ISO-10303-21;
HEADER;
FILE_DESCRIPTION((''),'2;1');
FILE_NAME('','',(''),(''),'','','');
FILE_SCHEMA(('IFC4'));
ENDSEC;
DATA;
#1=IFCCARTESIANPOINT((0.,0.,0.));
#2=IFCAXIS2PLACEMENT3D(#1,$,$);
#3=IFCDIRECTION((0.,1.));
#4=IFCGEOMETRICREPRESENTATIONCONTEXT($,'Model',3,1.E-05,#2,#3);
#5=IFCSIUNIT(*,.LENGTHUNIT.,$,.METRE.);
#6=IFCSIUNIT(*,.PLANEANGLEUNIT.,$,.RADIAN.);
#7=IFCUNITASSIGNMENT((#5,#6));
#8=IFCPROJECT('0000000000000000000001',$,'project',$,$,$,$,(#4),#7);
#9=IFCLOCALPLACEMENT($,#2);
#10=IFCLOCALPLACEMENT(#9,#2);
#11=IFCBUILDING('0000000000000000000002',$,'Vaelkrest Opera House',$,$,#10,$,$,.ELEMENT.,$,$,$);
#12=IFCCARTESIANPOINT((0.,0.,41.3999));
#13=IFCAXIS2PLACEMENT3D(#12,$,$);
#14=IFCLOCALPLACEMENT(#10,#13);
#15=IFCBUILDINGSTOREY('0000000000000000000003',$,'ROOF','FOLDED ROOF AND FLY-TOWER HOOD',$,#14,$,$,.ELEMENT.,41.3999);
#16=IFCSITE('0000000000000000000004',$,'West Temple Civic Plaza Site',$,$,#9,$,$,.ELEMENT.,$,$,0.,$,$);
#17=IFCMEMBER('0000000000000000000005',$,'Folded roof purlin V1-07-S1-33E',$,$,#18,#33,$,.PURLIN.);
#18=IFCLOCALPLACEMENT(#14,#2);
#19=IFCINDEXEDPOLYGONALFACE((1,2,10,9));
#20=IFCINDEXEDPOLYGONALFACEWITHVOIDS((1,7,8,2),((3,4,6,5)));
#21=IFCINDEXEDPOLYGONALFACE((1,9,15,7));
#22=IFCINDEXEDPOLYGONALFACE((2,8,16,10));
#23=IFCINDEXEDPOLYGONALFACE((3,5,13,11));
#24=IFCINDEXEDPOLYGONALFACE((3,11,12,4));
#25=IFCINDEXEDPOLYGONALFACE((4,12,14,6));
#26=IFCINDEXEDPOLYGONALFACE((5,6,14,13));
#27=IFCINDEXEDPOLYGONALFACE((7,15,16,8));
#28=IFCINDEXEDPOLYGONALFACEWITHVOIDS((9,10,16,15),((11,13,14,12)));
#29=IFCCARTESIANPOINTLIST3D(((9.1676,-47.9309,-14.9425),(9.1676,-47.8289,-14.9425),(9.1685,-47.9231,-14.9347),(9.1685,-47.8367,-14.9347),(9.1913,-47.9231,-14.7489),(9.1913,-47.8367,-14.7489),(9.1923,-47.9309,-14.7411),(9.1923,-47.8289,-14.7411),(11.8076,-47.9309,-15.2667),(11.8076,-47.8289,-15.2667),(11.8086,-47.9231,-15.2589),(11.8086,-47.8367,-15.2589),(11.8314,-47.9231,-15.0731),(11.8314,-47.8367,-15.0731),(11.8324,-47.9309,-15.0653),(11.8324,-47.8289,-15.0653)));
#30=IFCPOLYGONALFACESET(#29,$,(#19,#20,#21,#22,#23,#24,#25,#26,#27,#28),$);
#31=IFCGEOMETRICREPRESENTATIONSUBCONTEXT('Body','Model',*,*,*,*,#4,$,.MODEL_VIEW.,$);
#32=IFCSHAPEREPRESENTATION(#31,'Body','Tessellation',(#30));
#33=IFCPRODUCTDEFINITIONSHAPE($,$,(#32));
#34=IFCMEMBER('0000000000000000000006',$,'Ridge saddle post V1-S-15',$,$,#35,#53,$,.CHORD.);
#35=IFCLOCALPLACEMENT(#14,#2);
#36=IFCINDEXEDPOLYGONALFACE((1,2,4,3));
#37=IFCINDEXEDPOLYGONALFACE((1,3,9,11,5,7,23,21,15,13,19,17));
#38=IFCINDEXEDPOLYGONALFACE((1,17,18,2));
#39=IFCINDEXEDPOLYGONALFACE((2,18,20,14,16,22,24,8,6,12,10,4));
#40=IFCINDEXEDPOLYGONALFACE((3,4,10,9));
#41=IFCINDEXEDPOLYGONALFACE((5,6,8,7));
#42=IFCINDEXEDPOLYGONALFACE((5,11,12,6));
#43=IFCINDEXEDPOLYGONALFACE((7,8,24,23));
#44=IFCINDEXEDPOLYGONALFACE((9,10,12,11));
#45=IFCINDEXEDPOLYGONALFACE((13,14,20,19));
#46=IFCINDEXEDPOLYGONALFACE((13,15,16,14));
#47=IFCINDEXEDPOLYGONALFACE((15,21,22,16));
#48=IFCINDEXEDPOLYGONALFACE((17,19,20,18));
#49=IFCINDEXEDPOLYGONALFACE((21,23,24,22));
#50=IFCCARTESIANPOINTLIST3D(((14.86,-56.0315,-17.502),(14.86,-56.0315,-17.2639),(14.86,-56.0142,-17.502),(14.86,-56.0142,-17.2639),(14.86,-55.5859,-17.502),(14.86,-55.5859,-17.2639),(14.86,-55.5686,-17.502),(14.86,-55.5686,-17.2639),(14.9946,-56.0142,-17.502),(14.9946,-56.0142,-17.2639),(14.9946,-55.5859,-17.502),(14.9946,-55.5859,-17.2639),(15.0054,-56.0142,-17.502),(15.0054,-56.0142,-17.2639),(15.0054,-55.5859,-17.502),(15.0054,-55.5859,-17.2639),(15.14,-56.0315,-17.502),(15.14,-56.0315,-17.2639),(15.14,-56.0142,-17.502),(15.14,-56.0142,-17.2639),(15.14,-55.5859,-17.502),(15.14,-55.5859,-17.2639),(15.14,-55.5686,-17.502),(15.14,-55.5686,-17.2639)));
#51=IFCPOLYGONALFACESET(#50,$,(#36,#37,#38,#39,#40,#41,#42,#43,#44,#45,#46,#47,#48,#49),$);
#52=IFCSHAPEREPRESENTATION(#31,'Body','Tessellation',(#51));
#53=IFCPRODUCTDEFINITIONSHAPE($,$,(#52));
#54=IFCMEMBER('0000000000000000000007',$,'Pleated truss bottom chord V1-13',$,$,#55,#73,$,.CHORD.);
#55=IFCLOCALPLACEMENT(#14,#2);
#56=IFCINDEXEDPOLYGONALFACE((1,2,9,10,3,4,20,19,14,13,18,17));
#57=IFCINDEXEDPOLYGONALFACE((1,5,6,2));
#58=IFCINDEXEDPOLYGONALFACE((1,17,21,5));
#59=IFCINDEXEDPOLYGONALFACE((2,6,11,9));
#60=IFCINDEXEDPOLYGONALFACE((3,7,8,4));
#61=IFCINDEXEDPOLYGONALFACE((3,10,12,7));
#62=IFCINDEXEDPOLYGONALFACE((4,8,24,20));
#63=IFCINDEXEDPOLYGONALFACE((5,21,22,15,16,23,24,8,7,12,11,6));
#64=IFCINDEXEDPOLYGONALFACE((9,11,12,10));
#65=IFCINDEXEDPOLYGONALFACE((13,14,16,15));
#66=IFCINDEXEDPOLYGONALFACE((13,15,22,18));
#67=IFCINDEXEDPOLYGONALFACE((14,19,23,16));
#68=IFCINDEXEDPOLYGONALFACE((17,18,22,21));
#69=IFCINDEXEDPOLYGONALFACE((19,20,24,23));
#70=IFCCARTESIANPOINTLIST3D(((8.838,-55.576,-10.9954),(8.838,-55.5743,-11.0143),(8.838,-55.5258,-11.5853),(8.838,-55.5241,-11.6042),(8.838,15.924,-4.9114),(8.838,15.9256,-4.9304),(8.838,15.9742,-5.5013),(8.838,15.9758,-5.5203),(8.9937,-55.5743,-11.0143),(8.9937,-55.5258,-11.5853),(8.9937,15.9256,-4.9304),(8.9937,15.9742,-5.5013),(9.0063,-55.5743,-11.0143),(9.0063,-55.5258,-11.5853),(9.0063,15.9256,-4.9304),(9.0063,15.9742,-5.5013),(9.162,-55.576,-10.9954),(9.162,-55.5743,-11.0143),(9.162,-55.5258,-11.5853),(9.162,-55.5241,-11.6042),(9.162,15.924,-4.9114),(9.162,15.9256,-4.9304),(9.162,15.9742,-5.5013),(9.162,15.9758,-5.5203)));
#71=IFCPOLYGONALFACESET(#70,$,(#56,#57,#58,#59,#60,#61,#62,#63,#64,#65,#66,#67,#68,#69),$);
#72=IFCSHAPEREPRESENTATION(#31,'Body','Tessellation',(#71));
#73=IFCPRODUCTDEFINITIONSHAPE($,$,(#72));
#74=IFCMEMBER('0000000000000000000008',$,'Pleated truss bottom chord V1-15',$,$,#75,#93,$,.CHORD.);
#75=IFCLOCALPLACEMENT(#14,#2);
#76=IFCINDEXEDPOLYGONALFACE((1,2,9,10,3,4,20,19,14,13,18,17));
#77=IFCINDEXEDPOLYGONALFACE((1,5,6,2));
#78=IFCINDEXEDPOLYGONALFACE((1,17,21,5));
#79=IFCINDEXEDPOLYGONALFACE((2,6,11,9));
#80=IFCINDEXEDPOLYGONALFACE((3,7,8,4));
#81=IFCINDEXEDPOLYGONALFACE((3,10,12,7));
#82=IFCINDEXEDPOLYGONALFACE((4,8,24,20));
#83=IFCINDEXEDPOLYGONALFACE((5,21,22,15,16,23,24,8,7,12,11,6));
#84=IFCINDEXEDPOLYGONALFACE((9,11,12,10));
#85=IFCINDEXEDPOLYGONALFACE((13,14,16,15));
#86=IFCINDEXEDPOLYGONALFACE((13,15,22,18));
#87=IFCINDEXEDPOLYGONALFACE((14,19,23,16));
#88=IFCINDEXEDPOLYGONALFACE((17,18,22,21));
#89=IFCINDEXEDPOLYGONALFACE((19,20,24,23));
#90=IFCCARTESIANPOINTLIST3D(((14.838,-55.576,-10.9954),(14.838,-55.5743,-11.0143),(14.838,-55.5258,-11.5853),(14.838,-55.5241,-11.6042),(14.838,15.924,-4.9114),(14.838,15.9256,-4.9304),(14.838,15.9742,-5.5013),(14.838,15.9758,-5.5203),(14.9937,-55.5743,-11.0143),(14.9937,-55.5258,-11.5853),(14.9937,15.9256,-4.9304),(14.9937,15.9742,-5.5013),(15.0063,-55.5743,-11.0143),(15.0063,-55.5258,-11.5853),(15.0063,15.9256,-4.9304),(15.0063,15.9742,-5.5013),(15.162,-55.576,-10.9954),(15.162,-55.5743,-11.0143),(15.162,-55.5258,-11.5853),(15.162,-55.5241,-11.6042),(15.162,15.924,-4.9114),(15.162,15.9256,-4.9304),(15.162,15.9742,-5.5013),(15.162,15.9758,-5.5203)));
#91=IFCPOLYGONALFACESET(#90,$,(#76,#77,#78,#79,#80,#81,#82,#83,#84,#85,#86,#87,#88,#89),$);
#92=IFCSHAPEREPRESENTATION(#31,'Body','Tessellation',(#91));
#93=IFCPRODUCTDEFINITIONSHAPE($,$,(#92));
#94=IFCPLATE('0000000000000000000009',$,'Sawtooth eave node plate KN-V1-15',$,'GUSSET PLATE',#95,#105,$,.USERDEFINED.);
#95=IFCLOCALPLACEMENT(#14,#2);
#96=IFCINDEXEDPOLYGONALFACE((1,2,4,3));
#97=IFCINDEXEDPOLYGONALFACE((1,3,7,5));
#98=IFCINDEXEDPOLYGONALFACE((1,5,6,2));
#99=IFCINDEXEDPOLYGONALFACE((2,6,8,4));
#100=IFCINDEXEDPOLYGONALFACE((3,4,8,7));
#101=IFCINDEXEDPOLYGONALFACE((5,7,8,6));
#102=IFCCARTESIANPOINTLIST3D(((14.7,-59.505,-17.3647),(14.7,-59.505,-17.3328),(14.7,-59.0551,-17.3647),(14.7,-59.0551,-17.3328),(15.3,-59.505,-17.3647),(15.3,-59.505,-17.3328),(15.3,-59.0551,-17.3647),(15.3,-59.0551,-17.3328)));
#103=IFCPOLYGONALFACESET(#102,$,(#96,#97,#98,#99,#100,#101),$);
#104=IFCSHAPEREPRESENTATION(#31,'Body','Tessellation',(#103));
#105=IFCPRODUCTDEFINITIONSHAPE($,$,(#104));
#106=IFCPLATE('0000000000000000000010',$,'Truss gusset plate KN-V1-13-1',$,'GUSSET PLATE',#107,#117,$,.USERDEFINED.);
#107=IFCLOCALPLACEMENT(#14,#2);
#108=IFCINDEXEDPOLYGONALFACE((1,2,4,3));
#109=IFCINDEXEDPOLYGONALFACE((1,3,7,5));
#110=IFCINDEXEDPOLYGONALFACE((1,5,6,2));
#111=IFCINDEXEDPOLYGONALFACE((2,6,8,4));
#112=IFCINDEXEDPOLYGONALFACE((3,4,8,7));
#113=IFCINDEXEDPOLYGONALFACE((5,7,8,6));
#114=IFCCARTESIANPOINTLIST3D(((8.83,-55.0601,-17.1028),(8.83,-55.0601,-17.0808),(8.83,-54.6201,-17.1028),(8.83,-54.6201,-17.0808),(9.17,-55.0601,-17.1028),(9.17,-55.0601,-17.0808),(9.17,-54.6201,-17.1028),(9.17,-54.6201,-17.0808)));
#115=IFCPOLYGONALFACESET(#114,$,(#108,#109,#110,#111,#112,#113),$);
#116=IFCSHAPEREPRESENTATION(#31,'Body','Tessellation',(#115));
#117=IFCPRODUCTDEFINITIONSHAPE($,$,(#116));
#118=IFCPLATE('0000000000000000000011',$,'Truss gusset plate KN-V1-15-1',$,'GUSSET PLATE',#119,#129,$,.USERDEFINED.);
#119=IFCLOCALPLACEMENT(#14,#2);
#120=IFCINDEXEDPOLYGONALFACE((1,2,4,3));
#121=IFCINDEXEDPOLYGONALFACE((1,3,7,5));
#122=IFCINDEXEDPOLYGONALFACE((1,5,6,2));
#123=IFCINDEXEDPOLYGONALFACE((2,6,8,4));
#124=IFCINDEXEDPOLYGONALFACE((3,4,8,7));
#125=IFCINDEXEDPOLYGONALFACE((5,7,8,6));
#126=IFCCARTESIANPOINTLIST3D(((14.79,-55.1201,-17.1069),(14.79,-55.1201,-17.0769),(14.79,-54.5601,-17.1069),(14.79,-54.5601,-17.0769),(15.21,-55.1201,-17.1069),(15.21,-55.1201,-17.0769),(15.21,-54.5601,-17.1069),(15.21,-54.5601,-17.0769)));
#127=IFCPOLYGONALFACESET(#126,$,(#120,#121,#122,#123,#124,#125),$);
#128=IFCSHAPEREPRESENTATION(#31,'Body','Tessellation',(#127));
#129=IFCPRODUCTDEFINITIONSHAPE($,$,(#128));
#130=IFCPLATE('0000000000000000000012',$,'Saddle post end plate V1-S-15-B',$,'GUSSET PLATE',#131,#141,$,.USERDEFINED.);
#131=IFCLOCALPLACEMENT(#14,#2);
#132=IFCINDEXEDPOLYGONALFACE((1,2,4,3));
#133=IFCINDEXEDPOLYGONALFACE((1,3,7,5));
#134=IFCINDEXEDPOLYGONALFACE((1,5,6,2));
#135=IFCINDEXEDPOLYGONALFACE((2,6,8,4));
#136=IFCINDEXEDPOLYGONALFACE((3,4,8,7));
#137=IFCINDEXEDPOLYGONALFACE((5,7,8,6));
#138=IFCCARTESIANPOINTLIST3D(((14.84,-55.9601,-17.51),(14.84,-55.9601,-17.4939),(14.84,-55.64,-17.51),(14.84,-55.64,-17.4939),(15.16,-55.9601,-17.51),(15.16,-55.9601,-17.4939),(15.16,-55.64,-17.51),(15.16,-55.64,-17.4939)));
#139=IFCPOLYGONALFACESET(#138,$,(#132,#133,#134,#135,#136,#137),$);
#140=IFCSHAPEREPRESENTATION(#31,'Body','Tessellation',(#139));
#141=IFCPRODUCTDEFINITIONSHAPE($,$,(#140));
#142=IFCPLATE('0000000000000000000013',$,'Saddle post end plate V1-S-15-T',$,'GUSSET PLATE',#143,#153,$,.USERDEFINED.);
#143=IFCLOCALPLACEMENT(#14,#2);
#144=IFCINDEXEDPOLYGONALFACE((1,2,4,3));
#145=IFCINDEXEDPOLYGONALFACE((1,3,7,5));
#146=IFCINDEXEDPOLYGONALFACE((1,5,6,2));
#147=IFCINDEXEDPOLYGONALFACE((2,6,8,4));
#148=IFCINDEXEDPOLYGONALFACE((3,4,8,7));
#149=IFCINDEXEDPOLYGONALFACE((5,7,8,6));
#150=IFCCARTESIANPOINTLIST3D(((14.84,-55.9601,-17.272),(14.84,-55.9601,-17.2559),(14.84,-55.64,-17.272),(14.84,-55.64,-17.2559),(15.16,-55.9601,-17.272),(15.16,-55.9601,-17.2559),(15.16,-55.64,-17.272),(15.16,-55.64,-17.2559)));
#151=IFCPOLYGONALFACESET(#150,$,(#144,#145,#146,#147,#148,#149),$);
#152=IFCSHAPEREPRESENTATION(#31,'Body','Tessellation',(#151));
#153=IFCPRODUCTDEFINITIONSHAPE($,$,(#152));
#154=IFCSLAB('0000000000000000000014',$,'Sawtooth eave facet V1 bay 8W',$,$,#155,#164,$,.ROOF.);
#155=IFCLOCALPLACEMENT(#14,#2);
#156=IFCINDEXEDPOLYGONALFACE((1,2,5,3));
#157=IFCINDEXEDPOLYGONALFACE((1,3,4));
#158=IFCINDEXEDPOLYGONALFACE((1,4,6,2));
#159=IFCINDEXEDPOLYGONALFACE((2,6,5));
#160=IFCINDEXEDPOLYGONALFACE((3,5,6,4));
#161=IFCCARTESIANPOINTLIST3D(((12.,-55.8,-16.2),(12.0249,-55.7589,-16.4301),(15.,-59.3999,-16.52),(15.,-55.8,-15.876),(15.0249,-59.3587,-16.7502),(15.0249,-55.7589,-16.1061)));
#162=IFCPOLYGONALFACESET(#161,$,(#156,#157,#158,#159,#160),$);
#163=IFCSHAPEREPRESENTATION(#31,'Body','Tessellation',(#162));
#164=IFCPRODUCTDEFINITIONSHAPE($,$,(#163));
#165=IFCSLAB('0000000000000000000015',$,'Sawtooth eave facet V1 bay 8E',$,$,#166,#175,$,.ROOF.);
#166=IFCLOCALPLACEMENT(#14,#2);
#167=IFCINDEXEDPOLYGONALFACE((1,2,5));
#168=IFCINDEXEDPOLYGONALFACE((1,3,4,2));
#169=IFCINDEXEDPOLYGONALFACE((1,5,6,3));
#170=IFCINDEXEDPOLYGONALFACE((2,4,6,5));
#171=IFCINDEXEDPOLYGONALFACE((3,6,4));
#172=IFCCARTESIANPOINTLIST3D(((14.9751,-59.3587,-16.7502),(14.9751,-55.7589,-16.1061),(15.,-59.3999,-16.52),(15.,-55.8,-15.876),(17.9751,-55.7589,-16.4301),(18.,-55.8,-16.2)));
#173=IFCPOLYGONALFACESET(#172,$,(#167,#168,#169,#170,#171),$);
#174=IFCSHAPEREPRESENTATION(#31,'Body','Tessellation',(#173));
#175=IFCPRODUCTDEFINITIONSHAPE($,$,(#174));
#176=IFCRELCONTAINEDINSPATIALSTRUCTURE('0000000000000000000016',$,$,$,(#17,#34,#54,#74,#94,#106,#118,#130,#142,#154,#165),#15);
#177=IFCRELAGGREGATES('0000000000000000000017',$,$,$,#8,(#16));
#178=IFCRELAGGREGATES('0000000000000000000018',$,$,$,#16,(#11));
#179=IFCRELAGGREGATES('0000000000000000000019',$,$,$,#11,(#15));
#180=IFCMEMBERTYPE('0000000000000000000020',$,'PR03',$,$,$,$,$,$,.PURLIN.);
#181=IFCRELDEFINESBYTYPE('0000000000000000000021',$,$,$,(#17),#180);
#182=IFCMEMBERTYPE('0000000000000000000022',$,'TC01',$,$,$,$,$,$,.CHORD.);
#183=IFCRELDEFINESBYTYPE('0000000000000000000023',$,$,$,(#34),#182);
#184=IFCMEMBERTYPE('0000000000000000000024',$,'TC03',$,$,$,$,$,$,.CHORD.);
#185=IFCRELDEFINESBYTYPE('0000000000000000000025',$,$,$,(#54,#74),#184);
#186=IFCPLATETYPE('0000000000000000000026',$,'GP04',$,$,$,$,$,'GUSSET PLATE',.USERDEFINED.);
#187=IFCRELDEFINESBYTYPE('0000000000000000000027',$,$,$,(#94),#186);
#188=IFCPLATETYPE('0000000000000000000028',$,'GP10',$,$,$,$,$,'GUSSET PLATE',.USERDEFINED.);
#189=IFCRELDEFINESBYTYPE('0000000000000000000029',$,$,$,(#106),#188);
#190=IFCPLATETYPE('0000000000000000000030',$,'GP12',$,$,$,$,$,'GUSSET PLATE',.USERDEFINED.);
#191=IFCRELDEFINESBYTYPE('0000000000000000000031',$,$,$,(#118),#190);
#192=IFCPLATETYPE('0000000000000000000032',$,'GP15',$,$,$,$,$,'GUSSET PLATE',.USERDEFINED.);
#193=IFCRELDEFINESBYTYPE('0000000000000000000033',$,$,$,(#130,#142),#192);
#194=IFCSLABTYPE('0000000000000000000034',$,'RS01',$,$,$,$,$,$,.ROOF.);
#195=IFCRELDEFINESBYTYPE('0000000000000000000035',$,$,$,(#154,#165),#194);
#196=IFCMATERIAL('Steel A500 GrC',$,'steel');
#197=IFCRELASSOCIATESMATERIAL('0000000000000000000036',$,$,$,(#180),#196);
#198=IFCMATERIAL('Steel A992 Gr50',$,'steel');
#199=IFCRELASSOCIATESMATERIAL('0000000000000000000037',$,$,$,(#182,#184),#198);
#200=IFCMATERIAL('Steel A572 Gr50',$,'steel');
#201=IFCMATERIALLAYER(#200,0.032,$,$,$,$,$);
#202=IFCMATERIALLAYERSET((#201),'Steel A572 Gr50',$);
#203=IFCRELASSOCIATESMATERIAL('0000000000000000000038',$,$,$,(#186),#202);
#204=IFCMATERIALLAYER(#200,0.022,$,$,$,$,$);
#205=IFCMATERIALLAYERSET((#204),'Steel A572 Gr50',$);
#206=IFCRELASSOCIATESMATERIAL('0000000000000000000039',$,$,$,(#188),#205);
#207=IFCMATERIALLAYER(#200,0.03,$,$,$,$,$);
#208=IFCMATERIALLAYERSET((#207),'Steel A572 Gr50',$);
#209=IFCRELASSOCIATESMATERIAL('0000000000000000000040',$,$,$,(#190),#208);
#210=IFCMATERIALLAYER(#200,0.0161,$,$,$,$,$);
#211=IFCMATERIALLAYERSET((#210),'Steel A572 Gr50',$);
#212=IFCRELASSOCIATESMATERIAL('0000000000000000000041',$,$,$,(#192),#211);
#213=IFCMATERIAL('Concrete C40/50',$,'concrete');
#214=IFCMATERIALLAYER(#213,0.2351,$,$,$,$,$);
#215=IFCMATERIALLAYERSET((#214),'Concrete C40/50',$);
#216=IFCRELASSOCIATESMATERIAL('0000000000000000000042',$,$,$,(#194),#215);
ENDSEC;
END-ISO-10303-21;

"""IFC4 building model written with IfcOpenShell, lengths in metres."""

from ifc_helpers import new_model, si_unit, direction, frame, origin, origin_2d, place, context, subcontext, project, spatial, polyline, rectangle, hollow_rectangle, i_section, outline, extrude, material, layer, layer_set, material_profile, profile_set, type_object, element, save


model = new_model("IFC4")

# Units and contexts
model_context = context("Model", 3, precision=1e-05, world=origin(), true_north=direction((0.0, 1.0)))
body_context = subcontext(model_context, "Body", "Model", "MODEL_VIEW")
ifc_project = project(units=[si_unit("LENGTHUNIT", "METRE"), si_unit("PLANEANGLEUNIT", "RADIAN")], contexts=[model_context])

# Site, building, storey
site_placement = place(None, origin())
site = spatial("IfcSite", under=ifc_project, at=site_placement, Name="West Temple Civic Plaza Site", CompositionType="ELEMENT", RefElevation=0.0)
building_placement = place(site_placement, origin())
building = spatial("IfcBuilding", under=site, at=building_placement, Name="Vaelkrest Opera House", CompositionType="ELEMENT")
storey_placement = place(building_placement, frame((0.0, 0.0, 41.3999)))
storey = spatial("IfcBuildingStorey", under=building, at=storey_placement, Name="ROOF", Description="FOLDED ROOF AND FLY-TOWER HOOD", CompositionType="ELEMENT", Elevation=41.3999)

# Shared definitions
ifc_material_1 = material(Name="Steel A992 Gr50", Category="steel")

# Members
ifc_material_2 = material(Name="Steel A500 GrC", Category="steel")
ifc_material_profile_1 = material_profile(ifc_material_2, hollow_rectangle(XDim=0.1021, YDim=0.2029, WallThickness=0.0078, at=origin_2d()), Name="HSS203X102X8")
ifc_profile_set_1 = profile_set([ifc_material_profile_1], Name="Steel A500 GrC")
member_type_1 = type_object("IfcMemberType", Name="PR03", PredefinedType="PURLIN", material=ifc_profile_set_1)
member_1_placement = place(storey_placement, frame((9.1799, -47.8799, -14.8418), z_axis=(0.992544, 0.0, -0.121888), x_axis=(0.0, 1.0, 0.0)))
element("IfcMember", 1, at=member_1_placement, inside=storey, type_object=member_type_1, Name="Folded roof purlin V1-07-S1-33E", PredefinedType="PURLIN", context=body_context, shape_type="SweptSolid", body=[
    extrude(hollow_rectangle(XDim=0.1021, YDim=0.2029, WallThickness=0.0078, at=origin_2d()), origin(), (0.0, 0.0, 1.0), 2.6599),
])
ifc_material_profile_2 = material_profile(ifc_material_1, i_section(OverallWidth=0.28, OverallDepth=0.4629, WebThickness=0.0107, FlangeThickness=0.0173, at=origin_2d()), Name="W18X76")
ifc_profile_set_2 = profile_set([ifc_material_profile_2], Name="Steel A992 Gr50")
member_type_2 = type_object("IfcMemberType", Name="TC01", PredefinedType="CHORD", material=ifc_profile_set_2)
member_2_placement = place(storey_placement, frame((15.0, -55.8, -17.502), z_axis=(0.0, 0.0, 1.0), x_axis=(1.0, 0.0, 0.0)))
element("IfcMember", 2, at=member_2_placement, inside=storey, type_object=member_type_2, Name="Ridge saddle post V1-S-15", PredefinedType="CHORD", context=body_context, shape_type="SweptSolid", body=[
    extrude(i_section(OverallWidth=0.28, OverallDepth=0.4629, WebThickness=0.0107, FlangeThickness=0.0173, at=origin_2d()), origin(), (0.0, 0.0, 1.0), 0.238),
])
ifc_material_profile_3 = material_profile(ifc_material_1, i_section(OverallWidth=0.324, OverallDepth=0.6111, WebThickness=0.0127, FlangeThickness=0.019, at=origin_2d()), Name="W24X104")
ifc_profile_set_3 = profile_set([ifc_material_profile_3], Name="Steel A992 Gr50")
member_type_3 = type_object("IfcMemberType", Name="TC03", PredefinedType="CHORD", material=ifc_profile_set_3)
for number, where, z_axis, x_axis, name in (
    (3, (9.0, -55.55, -11.2998), (0.0, 0.996399, 0.084784), (-1.0, 0.0, 0.0), "Pleated truss bottom chord V1-13"),
    (4, (15.0, -55.55, -11.2998), (0.0, 0.996399, 0.084784), (-1.0, 0.0, 0.0), "Pleated truss bottom chord V1-15"),
):
    element("IfcMember", number, at=place(storey_placement, frame(where, z_axis=z_axis, x_axis=x_axis)), inside=storey, type_object=member_type_3, Name=name, PredefinedType="CHORD", context=body_context, shape_type="SweptSolid", body=[
        extrude(i_section(OverallWidth=0.324, OverallDepth=0.6111, WebThickness=0.0127, FlangeThickness=0.019, at=origin_2d()), origin(), (0.0, 0.0, 1.0), 71.7583),
    ])

# Plates
ifc_material_3 = material(Name="Steel A572 Gr50", Category="steel")
ifc_layer_1 = layer(ifc_material_3, 0.032)
ifc_layer_set_1 = layer_set([ifc_layer_1], Name="Steel A572 Gr50")
plate_type_1 = type_object("IfcPlateType", Name="GP04", ElementType="GUSSET PLATE", PredefinedType="USERDEFINED", material=ifc_layer_set_1)
plate_1_placement = place(storey_placement, frame((15.0, -59.28, -17.3647), z_axis=(0.0, 0.0, 1.0), x_axis=(1.0, 0.0, 0.0)))
element("IfcPlate", 5, at=plate_1_placement, inside=storey, type_object=plate_type_1, Name="Sawtooth eave node plate KN-V1-15", ObjectType="GUSSET PLATE", PredefinedType="USERDEFINED", context=body_context, shape_type="SweptSolid", body=[
    extrude(rectangle(XDim=0.6001, YDim=0.45, at=origin_2d()), origin(), (0.0, 0.0, 1.0), 0.032),
])
ifc_layer_2 = layer(ifc_material_3, 0.022)
ifc_layer_set_2 = layer_set([ifc_layer_2], Name="Steel A572 Gr50")
plate_type_2 = type_object("IfcPlateType", Name="GP10", ElementType="GUSSET PLATE", PredefinedType="USERDEFINED", material=ifc_layer_set_2)
plate_2_placement = place(storey_placement, frame((9.0, -54.8401, -17.1028), z_axis=(0.0, 0.0, 1.0), x_axis=(0.0, 1.0, 0.0)))
element("IfcPlate", 6, at=plate_2_placement, inside=storey, type_object=plate_type_2, Name="Truss gusset plate KN-V1-13-1", ObjectType="GUSSET PLATE", PredefinedType="USERDEFINED", context=body_context, shape_type="SweptSolid", body=[
    extrude(rectangle(XDim=0.4399, YDim=0.3401, at=origin_2d()), origin(), (0.0, 0.0, 1.0), 0.022),
])
ifc_layer_3 = layer(ifc_material_3, 0.03)
ifc_layer_set_3 = layer_set([ifc_layer_3], Name="Steel A572 Gr50")
plate_type_3 = type_object("IfcPlateType", Name="GP12", ElementType="GUSSET PLATE", PredefinedType="USERDEFINED", material=ifc_layer_set_3)
plate_3_placement = place(storey_placement, frame((15.0, -54.8401, -17.1069), z_axis=(0.0, 0.0, 1.0), x_axis=(0.0, 1.0, 0.0)))
element("IfcPlate", 7, at=plate_3_placement, inside=storey, type_object=plate_type_3, Name="Truss gusset plate KN-V1-15-1", ObjectType="GUSSET PLATE", PredefinedType="USERDEFINED", context=body_context, shape_type="SweptSolid", body=[
    extrude(rectangle(XDim=0.5601, YDim=0.4199, at=origin_2d()), origin(), (0.0, 0.0, 1.0), 0.03),
])
ifc_layer_4 = layer(ifc_material_3, 0.0161)
ifc_layer_set_4 = layer_set([ifc_layer_4], Name="Steel A572 Gr50")
plate_type_4 = type_object("IfcPlateType", Name="GP15", ElementType="GUSSET PLATE", PredefinedType="USERDEFINED", material=ifc_layer_set_4)
for number, where, z_axis, x_axis, name in (
    (8, (15.0, -55.8, -17.51), (0.0, 0.0, 1.0), (1.0, 0.0, 0.0), "Saddle post end plate V1-S-15-B"),
    (9, (15.0, -55.8, -17.272), (0.0, 0.0, 1.0), (1.0, 0.0, 0.0), "Saddle post end plate V1-S-15-T"),
):
    element("IfcPlate", number, at=place(storey_placement, frame(where, z_axis=z_axis, x_axis=x_axis)), inside=storey, type_object=plate_type_4, Name=name, ObjectType="GUSSET PLATE", PredefinedType="USERDEFINED", context=body_context, shape_type="SweptSolid", body=[
        extrude(rectangle(XDim=0.3201, YDim=0.3201, at=origin_2d()), origin(), (0.0, 0.0, 1.0), 0.0161),
    ])

# Slabs
ifc_material_4 = material(Name="Concrete C40/50", Category="concrete")
ifc_layer_5 = layer(ifc_material_4, 0.2351)
ifc_layer_set_5 = layer_set([ifc_layer_5], Name="Concrete C40/50")
slab_type = type_object("IfcSlabType", Name="RS01", PredefinedType="ROOF", material=ifc_layer_set_5)
slab_1_placement = place(storey_placement, frame((12.0, -55.8, -16.2), z_axis=(-0.105708, -0.175125, 0.978855), x_axis=(0.638712, -0.766423, -0.068144)))
element("IfcSlab", 10, at=slab_1_placement, inside=storey, type_object=slab_type, Name="Sawtooth eave facet V1 bay 8W", PredefinedType="ROOF", context=body_context, shape_type="SweptSolid", body=[
    extrude(outline(polyline([(0.0, 0.0), (4.697, 0.0), (1.8941, 2.3489), (0.0, 0.0)])), origin(), (0.0, 0.0, -1.0), 0.2351),
])
slab_2_placement = place(storey_placement, frame((15.0, -55.8, -15.876), z_axis=(0.105708, -0.175125, 0.978855), x_axis=(0.0, -0.98437, -0.176112)))
element("IfcSlab", 11, at=slab_2_placement, inside=storey, type_object=slab_type, Name="Sawtooth eave facet V1 bay 8E", PredefinedType="ROOF", context=body_context, shape_type="SweptSolid", body=[
    extrude(outline(polyline([(0.0, 0.0), (3.657, 0.0), (0.0571, 3.0169), (0.0, 0.0)])), origin(), (0.0, 0.0, -1.0), 0.2351),
])

save(model, "model.ifc")
